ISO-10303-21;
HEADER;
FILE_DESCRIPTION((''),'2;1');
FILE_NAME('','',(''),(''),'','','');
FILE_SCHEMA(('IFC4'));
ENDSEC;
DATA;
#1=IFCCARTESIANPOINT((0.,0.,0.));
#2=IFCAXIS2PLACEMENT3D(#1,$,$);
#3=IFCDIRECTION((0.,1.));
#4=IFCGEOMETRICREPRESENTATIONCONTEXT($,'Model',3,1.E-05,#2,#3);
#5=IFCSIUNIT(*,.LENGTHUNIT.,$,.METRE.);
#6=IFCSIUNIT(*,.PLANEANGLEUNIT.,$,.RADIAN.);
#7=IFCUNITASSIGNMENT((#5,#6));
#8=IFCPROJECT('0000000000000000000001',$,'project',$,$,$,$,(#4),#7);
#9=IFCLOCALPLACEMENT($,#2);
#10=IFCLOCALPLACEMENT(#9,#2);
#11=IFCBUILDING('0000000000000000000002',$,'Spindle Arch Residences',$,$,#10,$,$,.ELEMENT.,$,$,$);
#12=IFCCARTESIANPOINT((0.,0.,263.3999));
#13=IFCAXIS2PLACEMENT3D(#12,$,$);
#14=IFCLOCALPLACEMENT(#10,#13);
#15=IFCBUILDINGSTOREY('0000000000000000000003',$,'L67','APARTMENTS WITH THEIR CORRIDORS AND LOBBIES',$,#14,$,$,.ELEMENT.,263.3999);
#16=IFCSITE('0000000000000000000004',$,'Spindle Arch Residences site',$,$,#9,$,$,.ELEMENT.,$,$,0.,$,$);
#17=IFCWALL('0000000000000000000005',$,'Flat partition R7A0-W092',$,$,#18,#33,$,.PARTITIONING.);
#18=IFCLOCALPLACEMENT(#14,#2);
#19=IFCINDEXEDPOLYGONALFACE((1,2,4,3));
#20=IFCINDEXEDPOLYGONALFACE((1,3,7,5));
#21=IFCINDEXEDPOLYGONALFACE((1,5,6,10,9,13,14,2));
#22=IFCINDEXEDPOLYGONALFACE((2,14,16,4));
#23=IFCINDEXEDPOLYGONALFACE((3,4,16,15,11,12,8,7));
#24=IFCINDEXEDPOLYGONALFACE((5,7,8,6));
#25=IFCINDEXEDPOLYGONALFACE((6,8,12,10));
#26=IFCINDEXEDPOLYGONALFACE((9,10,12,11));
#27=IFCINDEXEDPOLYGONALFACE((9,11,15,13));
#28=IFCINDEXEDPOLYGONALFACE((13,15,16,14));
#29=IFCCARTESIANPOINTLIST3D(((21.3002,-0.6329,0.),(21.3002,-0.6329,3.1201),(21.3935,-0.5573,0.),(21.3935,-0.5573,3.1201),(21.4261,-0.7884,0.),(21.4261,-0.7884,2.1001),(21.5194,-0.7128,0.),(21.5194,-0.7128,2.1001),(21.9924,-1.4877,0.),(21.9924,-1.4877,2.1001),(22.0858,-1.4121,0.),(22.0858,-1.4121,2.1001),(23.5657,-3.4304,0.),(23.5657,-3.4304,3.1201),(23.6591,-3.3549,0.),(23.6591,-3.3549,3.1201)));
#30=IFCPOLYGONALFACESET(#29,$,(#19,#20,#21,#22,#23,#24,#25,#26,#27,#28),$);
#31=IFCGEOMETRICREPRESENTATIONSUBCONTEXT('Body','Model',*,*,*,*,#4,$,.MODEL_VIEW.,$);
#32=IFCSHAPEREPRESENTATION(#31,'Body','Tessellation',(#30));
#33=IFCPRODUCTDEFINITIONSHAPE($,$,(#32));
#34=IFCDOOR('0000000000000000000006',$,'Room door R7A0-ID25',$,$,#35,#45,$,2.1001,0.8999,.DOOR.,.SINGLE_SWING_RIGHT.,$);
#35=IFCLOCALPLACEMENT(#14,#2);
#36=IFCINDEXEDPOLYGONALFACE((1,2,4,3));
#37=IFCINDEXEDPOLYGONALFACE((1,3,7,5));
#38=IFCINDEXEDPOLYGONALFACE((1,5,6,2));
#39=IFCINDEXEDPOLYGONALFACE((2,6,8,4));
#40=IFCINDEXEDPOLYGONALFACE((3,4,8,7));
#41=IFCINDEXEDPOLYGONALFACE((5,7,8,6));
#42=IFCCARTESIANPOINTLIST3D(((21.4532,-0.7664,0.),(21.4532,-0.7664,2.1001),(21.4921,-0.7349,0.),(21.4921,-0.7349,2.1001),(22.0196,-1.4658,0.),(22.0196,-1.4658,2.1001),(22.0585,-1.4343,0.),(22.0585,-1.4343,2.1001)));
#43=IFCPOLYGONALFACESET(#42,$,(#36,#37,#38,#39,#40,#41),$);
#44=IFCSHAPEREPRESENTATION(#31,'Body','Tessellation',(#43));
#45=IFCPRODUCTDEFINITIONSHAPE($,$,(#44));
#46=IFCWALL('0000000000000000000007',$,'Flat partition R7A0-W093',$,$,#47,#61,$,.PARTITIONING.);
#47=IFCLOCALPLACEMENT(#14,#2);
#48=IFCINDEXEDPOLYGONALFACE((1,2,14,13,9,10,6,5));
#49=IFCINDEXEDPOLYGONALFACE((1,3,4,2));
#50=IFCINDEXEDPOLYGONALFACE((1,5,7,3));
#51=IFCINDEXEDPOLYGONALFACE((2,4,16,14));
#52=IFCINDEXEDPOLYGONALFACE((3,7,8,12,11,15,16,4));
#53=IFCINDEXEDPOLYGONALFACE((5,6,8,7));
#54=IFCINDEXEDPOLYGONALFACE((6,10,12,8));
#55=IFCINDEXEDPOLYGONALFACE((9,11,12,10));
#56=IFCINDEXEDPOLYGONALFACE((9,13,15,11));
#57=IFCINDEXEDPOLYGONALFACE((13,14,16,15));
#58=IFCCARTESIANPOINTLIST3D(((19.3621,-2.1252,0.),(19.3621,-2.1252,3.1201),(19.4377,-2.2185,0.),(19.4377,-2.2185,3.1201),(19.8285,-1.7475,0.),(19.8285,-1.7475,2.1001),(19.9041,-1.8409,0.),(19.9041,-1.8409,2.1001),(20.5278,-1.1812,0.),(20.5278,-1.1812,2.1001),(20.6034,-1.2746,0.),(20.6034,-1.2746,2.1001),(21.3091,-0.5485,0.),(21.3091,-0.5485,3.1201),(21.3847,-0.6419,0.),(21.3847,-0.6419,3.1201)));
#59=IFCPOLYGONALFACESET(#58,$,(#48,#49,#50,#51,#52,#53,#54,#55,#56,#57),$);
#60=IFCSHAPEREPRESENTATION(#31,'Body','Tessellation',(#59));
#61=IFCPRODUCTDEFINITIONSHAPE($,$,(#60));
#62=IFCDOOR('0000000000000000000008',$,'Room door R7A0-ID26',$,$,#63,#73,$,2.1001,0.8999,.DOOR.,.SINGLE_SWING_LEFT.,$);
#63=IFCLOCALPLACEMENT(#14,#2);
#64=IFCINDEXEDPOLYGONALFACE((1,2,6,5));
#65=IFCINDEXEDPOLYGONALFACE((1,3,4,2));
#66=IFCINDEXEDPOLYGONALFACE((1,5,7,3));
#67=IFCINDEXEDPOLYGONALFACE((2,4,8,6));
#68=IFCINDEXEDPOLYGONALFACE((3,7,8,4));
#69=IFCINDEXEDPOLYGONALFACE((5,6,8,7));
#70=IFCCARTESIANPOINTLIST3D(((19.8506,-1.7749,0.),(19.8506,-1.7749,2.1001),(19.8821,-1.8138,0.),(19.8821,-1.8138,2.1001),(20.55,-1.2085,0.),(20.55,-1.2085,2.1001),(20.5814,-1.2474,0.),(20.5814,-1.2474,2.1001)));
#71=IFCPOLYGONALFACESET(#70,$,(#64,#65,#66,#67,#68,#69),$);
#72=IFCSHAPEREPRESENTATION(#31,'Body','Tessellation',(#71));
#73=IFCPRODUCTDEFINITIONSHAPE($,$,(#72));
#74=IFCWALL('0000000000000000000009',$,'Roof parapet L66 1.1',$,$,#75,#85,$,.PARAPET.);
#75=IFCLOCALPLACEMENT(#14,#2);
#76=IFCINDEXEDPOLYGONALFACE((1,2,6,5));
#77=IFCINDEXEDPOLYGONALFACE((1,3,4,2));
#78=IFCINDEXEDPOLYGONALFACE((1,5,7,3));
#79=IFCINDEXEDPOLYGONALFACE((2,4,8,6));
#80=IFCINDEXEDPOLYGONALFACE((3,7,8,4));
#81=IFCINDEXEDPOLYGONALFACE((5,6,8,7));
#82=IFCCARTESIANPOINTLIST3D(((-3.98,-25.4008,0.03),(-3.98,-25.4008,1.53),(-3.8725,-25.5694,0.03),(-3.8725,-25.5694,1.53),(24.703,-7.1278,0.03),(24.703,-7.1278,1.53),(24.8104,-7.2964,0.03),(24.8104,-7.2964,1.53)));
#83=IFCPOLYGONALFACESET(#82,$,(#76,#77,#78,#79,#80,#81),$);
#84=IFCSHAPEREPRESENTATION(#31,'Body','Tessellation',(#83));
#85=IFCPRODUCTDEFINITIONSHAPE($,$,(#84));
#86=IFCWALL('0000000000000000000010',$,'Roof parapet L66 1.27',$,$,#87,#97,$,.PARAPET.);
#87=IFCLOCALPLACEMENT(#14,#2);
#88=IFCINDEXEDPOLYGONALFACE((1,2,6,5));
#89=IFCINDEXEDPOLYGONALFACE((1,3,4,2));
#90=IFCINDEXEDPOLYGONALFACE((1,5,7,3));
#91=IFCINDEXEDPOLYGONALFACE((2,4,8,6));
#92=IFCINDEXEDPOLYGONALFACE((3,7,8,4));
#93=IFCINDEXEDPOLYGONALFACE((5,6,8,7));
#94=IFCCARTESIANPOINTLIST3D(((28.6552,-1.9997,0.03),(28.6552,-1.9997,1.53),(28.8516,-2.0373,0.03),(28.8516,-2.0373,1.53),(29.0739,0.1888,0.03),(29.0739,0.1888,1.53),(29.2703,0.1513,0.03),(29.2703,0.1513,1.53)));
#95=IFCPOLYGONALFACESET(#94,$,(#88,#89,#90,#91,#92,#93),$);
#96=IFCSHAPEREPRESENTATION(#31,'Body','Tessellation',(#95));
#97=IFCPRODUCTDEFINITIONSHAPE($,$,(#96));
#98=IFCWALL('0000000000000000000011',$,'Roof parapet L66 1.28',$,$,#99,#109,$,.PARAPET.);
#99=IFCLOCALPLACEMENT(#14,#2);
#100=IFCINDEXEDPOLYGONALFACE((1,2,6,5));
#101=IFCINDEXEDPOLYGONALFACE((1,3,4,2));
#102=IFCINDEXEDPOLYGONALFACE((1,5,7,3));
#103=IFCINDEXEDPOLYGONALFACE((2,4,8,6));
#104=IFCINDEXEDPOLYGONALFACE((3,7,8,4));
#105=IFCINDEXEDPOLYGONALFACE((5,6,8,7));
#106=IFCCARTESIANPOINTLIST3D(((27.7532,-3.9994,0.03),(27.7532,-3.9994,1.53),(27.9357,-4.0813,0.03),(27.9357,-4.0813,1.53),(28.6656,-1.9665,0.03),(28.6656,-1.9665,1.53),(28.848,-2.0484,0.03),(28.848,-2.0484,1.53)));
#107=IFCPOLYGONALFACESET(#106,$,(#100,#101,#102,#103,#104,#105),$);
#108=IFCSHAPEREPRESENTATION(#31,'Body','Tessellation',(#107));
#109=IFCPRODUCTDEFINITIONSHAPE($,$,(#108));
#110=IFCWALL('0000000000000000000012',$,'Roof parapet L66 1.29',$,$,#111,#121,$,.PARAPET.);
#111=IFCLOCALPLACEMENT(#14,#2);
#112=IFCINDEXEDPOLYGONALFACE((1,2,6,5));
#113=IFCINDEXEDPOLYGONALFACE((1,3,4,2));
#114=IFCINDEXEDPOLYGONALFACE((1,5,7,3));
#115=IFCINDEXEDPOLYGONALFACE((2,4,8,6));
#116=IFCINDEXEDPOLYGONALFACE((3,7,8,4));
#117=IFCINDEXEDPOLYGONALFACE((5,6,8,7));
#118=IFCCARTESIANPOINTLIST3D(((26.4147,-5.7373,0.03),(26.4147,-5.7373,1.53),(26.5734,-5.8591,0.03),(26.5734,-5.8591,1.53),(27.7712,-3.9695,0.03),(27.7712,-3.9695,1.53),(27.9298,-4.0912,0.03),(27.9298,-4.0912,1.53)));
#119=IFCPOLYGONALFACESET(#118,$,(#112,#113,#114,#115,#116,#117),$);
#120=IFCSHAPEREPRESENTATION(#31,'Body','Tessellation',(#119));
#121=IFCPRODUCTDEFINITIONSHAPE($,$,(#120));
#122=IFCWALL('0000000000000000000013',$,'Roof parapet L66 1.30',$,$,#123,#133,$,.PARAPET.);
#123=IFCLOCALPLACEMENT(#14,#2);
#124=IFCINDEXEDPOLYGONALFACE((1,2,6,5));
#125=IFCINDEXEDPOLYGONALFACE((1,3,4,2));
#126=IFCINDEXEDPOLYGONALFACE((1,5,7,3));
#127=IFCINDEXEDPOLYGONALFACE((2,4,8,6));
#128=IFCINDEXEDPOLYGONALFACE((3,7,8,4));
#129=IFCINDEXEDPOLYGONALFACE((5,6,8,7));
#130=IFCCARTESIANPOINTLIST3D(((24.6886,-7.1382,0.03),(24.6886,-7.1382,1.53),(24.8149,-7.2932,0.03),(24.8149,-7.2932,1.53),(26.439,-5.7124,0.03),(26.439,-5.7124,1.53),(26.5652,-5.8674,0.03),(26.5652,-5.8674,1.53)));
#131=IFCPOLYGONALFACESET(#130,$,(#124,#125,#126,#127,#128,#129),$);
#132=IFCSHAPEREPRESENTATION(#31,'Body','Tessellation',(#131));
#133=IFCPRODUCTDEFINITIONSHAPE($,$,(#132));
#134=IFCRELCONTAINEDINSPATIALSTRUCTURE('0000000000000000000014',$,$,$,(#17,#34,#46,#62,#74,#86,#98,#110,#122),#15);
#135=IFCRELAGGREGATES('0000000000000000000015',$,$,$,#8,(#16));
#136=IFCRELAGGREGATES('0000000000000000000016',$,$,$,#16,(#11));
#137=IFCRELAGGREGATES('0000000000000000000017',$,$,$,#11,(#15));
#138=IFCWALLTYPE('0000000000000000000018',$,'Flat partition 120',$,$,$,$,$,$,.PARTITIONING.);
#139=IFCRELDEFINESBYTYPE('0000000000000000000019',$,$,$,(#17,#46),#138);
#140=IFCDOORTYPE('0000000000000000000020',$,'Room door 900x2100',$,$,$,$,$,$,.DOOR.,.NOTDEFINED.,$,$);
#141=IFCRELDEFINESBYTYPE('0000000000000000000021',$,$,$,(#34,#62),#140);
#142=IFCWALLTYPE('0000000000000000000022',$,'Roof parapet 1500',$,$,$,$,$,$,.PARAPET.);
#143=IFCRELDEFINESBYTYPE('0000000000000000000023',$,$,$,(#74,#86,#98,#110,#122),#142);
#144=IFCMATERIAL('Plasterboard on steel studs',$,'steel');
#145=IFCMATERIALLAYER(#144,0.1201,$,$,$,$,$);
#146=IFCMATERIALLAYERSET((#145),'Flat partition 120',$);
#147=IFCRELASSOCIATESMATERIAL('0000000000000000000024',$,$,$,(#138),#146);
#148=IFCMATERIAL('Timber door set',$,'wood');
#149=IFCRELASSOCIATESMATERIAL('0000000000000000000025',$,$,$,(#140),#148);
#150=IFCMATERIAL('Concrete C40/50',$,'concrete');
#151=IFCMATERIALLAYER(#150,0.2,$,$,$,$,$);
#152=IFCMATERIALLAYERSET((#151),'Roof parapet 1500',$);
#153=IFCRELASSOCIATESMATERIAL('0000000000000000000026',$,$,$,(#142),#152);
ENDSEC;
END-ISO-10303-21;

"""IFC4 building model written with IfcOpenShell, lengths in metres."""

from ifc_helpers import new_model, si_unit, direction, frame, frame_2d, origin, place, context, subcontext, project, spatial, rectangle, extrude, material, layer, layer_set, type_object, element, fill, save


model = new_model("IFC4")

# Units and contexts
model_context = context("Model", 3, precision=1e-05, world=origin(), true_north=direction((0.0, 1.0)))
body_context = subcontext(model_context, "Body", "Model", "MODEL_VIEW")
ifc_project = project(units=[si_unit("LENGTHUNIT", "METRE"), si_unit("PLANEANGLEUNIT", "RADIAN")], contexts=[model_context])

# Site, building, storey
site_placement = place(None, origin())
site = spatial("IfcSite", under=ifc_project, at=site_placement, Name="Spindle Arch Residences site", CompositionType="ELEMENT", RefElevation=0.0)
building_placement = place(site_placement, origin())
building = spatial("IfcBuilding", under=site, at=building_placement, Name="Spindle Arch Residences", CompositionType="ELEMENT")
storey_placement = place(building_placement, frame((0.0, 0.0, 263.3999)))
storey = spatial("IfcBuildingStorey", under=building, at=storey_placement, Name="L67", Description="APARTMENTS WITH THEIR CORRIDORS AND LOBBIES", CompositionType="ELEMENT", Elevation=263.3999)

# Shared definitions
ifc_material_1 = material(Name="Plasterboard on steel studs", Category="steel")
ifc_layer_1 = layer(ifc_material_1, 0.1201)
ifc_layer_set_1 = layer_set([ifc_layer_1], Name="Flat partition 120")
wall_type_1 = type_object("IfcWallType", Name="Flat partition 120", PredefinedType="PARTITIONING", material=ifc_layer_set_1)

# Walls, openings, doors
wall_1_placement = place(storey_placement, frame((21.3469, -0.5952, 0.0), z_axis=(0.0, 0.0, 1.0), x_axis=(0.629348, -0.777123, 0.0)))
wall_1 = element("IfcWall", 1, at=wall_1_placement, inside=storey, type_object=wall_type_1, Name="Flat partition R7A0-W092", PredefinedType="PARTITIONING", context=body_context, shape_type="SweptSolid", body=[
    extrude(rectangle(XDim=3.5999, YDim=0.1201, at=frame_2d((1.7998, 0.0))), origin(), (0.0, 0.0, 1.0), 3.1201),
])
opening_1_placement = place(wall_1_placement, frame((0.2, 0.0, 0.0)))
opening_1 = element("IfcOpeningElement", 2, at=opening_1_placement, cuts=wall_1, PredefinedType="OPENING", context=body_context, shape_type="SweptSolid", body=[
    extrude(rectangle(XDim=0.8999, YDim=2.1001, at=frame_2d((0.45, 1.05))), frame((0.0, 0.0701, 0.0), z_axis=(0.0, -1.0, 0.0), x_axis=(1.0, 0.0, 0.0)), (0.0, 0.0, 1.0), 0.1401),
])
ifc_material_2 = material(Name="Timber door set", Category="wood")
door_type = type_object("IfcDoorType", Name="Room door 900x2100", OperationType="NOTDEFINED", PredefinedType="DOOR", material=ifc_material_2)
door_1_placement = place(opening_1_placement, origin())
door_1 = element("IfcDoor", 3, at=door_1_placement, inside=storey, type_object=door_type, Name="Room door R7A0-ID25", OperationType="SINGLE_SWING_RIGHT", OverallHeight=2.1001, OverallWidth=0.8999, PredefinedType="DOOR", context=body_context, shape_type="SweptSolid", body=[
    extrude(rectangle(XDim=0.8999, YDim=2.1001, at=frame_2d((0.45, 1.05))), frame((0.0, 0.0249, 0.0), z_axis=(0.0, -1.0, 0.0), x_axis=(1.0, 0.0, 0.0)), (0.0, 0.0, 1.0), 0.05),
])
fill(opening_1, door_1)
wall_2_placement = place(storey_placement, frame((19.3999, -2.1719, 0.0), z_axis=(0.0, 0.0, 1.0), x_axis=(0.777147, 0.629319, 0.0)))
wall_2 = element("IfcWall", 4, at=wall_2_placement, inside=storey, type_object=wall_type_1, Name="Flat partition R7A0-W093", PredefinedType="PARTITIONING", context=body_context, shape_type="SweptSolid", body=[
    extrude(rectangle(XDim=2.5054, YDim=0.1201, at=frame_2d((1.2527, 0.0))), origin(), (0.0, 0.0, 1.0), 3.1201),
])
opening_2_placement = place(wall_2_placement, frame((0.6001, 0.0, 0.0)))
opening_2 = element("IfcOpeningElement", 5, at=opening_2_placement, cuts=wall_2, PredefinedType="OPENING", context=body_context, shape_type="SweptSolid", body=[
    extrude(rectangle(XDim=0.8999, YDim=2.1001, at=frame_2d((0.45, 1.05))), frame((0.0, 0.0701, 0.0), z_axis=(0.0, -1.0, 0.0), x_axis=(1.0, 0.0, 0.0)), (0.0, 0.0, 1.0), 0.1401),
])
door_2_placement = place(opening_2_placement, origin())
door_2 = element("IfcDoor", 6, at=door_2_placement, inside=storey, type_object=door_type, Name="Room door R7A0-ID26", OperationType="SINGLE_SWING_LEFT", OverallHeight=2.1001, OverallWidth=0.8999, PredefinedType="DOOR", context=body_context, shape_type="SweptSolid", body=[
    extrude(rectangle(XDim=0.8999, YDim=2.1001, at=frame_2d((0.45, 1.05))), frame((0.0, 0.0249, 0.0), z_axis=(0.0, -1.0, 0.0), x_axis=(1.0, 0.0, 0.0)), (0.0, 0.0, 1.0), 0.05),
])
fill(opening_2, door_2)

# Walls
ifc_material_3 = material(Name="Concrete C40/50", Category="concrete")
ifc_layer_2 = layer(ifc_material_3, 0.2)
ifc_layer_set_2 = layer_set([ifc_layer_2], Name="Roof parapet 1500")
wall_type_2 = type_object("IfcWallType", Name="Roof parapet 1500", PredefinedType="PARAPET", material=ifc_layer_set_2)
wall_3_placement = place(storey_placement, frame((24.7566, -7.2122, 0.03), z_axis=(0.0, 0.0, 1.0), x_axis=(-0.843392, -0.537299, 0.0)))
element("IfcWall", 7, at=wall_3_placement, inside=storey, type_object=wall_type_2, Name="Roof parapet L66 1.1", PredefinedType="PARAPET", context=body_context, shape_type="SweptSolid", body=[
    extrude(rectangle(XDim=34.009, YDim=0.2, at=frame_2d((17.0044, 0.0))), origin(), (0.0, 0.0, 1.0), 1.5),
])
for number, where, z_axis, x_axis, name in (
    (8, (29.1721, 0.1702, 0.03), (0.0, 0.0, 1.0), (-0.187913, -0.982186, 0.0), "Roof parapet L66 1.27"),
    (9, (28.7568, -2.0073, 0.03), (0.0, 0.0, 1.0), (-0.40944, -0.912337, 0.0), "Roof parapet L66 1.28"),
    (10, (27.8506, -4.0303, 0.03), (0.0, 0.0, 1.0), (-0.608747, -0.793365, 0.0), "Roof parapet L66 1.29"),
):
    element("IfcWall", number, at=place(storey_placement, frame(where, z_axis=z_axis, x_axis=x_axis)), inside=storey, type_object=wall_type_2, Name=name, PredefinedType="PARAPET", context=body_context, shape_type="SweptSolid", body=[
        extrude(rectangle(XDim=2.2283, YDim=0.2, at=frame_2d((1.1143, 0.0))), origin(), (0.0, 0.0, 1.0), 1.5),
    ])
wall_4_placement = place(storey_placement, frame((26.5022, -5.7898, 0.03), z_axis=(0.0, 0.0, 1.0), x_axis=(-0.77531, -0.631581, 0.0)))
element("IfcWall", 11, at=wall_4_placement, inside=storey, type_object=wall_type_2, Name="Roof parapet L66 1.30", PredefinedType="PARAPET", context=body_context, shape_type="SweptSolid", body=[
    extrude(rectangle(XDim=2.2576, YDim=0.2, at=frame_2d((1.1289, 0.0))), origin(), (0.0, 0.0, 1.0), 1.5),
])

save(model, "model.ifc")
